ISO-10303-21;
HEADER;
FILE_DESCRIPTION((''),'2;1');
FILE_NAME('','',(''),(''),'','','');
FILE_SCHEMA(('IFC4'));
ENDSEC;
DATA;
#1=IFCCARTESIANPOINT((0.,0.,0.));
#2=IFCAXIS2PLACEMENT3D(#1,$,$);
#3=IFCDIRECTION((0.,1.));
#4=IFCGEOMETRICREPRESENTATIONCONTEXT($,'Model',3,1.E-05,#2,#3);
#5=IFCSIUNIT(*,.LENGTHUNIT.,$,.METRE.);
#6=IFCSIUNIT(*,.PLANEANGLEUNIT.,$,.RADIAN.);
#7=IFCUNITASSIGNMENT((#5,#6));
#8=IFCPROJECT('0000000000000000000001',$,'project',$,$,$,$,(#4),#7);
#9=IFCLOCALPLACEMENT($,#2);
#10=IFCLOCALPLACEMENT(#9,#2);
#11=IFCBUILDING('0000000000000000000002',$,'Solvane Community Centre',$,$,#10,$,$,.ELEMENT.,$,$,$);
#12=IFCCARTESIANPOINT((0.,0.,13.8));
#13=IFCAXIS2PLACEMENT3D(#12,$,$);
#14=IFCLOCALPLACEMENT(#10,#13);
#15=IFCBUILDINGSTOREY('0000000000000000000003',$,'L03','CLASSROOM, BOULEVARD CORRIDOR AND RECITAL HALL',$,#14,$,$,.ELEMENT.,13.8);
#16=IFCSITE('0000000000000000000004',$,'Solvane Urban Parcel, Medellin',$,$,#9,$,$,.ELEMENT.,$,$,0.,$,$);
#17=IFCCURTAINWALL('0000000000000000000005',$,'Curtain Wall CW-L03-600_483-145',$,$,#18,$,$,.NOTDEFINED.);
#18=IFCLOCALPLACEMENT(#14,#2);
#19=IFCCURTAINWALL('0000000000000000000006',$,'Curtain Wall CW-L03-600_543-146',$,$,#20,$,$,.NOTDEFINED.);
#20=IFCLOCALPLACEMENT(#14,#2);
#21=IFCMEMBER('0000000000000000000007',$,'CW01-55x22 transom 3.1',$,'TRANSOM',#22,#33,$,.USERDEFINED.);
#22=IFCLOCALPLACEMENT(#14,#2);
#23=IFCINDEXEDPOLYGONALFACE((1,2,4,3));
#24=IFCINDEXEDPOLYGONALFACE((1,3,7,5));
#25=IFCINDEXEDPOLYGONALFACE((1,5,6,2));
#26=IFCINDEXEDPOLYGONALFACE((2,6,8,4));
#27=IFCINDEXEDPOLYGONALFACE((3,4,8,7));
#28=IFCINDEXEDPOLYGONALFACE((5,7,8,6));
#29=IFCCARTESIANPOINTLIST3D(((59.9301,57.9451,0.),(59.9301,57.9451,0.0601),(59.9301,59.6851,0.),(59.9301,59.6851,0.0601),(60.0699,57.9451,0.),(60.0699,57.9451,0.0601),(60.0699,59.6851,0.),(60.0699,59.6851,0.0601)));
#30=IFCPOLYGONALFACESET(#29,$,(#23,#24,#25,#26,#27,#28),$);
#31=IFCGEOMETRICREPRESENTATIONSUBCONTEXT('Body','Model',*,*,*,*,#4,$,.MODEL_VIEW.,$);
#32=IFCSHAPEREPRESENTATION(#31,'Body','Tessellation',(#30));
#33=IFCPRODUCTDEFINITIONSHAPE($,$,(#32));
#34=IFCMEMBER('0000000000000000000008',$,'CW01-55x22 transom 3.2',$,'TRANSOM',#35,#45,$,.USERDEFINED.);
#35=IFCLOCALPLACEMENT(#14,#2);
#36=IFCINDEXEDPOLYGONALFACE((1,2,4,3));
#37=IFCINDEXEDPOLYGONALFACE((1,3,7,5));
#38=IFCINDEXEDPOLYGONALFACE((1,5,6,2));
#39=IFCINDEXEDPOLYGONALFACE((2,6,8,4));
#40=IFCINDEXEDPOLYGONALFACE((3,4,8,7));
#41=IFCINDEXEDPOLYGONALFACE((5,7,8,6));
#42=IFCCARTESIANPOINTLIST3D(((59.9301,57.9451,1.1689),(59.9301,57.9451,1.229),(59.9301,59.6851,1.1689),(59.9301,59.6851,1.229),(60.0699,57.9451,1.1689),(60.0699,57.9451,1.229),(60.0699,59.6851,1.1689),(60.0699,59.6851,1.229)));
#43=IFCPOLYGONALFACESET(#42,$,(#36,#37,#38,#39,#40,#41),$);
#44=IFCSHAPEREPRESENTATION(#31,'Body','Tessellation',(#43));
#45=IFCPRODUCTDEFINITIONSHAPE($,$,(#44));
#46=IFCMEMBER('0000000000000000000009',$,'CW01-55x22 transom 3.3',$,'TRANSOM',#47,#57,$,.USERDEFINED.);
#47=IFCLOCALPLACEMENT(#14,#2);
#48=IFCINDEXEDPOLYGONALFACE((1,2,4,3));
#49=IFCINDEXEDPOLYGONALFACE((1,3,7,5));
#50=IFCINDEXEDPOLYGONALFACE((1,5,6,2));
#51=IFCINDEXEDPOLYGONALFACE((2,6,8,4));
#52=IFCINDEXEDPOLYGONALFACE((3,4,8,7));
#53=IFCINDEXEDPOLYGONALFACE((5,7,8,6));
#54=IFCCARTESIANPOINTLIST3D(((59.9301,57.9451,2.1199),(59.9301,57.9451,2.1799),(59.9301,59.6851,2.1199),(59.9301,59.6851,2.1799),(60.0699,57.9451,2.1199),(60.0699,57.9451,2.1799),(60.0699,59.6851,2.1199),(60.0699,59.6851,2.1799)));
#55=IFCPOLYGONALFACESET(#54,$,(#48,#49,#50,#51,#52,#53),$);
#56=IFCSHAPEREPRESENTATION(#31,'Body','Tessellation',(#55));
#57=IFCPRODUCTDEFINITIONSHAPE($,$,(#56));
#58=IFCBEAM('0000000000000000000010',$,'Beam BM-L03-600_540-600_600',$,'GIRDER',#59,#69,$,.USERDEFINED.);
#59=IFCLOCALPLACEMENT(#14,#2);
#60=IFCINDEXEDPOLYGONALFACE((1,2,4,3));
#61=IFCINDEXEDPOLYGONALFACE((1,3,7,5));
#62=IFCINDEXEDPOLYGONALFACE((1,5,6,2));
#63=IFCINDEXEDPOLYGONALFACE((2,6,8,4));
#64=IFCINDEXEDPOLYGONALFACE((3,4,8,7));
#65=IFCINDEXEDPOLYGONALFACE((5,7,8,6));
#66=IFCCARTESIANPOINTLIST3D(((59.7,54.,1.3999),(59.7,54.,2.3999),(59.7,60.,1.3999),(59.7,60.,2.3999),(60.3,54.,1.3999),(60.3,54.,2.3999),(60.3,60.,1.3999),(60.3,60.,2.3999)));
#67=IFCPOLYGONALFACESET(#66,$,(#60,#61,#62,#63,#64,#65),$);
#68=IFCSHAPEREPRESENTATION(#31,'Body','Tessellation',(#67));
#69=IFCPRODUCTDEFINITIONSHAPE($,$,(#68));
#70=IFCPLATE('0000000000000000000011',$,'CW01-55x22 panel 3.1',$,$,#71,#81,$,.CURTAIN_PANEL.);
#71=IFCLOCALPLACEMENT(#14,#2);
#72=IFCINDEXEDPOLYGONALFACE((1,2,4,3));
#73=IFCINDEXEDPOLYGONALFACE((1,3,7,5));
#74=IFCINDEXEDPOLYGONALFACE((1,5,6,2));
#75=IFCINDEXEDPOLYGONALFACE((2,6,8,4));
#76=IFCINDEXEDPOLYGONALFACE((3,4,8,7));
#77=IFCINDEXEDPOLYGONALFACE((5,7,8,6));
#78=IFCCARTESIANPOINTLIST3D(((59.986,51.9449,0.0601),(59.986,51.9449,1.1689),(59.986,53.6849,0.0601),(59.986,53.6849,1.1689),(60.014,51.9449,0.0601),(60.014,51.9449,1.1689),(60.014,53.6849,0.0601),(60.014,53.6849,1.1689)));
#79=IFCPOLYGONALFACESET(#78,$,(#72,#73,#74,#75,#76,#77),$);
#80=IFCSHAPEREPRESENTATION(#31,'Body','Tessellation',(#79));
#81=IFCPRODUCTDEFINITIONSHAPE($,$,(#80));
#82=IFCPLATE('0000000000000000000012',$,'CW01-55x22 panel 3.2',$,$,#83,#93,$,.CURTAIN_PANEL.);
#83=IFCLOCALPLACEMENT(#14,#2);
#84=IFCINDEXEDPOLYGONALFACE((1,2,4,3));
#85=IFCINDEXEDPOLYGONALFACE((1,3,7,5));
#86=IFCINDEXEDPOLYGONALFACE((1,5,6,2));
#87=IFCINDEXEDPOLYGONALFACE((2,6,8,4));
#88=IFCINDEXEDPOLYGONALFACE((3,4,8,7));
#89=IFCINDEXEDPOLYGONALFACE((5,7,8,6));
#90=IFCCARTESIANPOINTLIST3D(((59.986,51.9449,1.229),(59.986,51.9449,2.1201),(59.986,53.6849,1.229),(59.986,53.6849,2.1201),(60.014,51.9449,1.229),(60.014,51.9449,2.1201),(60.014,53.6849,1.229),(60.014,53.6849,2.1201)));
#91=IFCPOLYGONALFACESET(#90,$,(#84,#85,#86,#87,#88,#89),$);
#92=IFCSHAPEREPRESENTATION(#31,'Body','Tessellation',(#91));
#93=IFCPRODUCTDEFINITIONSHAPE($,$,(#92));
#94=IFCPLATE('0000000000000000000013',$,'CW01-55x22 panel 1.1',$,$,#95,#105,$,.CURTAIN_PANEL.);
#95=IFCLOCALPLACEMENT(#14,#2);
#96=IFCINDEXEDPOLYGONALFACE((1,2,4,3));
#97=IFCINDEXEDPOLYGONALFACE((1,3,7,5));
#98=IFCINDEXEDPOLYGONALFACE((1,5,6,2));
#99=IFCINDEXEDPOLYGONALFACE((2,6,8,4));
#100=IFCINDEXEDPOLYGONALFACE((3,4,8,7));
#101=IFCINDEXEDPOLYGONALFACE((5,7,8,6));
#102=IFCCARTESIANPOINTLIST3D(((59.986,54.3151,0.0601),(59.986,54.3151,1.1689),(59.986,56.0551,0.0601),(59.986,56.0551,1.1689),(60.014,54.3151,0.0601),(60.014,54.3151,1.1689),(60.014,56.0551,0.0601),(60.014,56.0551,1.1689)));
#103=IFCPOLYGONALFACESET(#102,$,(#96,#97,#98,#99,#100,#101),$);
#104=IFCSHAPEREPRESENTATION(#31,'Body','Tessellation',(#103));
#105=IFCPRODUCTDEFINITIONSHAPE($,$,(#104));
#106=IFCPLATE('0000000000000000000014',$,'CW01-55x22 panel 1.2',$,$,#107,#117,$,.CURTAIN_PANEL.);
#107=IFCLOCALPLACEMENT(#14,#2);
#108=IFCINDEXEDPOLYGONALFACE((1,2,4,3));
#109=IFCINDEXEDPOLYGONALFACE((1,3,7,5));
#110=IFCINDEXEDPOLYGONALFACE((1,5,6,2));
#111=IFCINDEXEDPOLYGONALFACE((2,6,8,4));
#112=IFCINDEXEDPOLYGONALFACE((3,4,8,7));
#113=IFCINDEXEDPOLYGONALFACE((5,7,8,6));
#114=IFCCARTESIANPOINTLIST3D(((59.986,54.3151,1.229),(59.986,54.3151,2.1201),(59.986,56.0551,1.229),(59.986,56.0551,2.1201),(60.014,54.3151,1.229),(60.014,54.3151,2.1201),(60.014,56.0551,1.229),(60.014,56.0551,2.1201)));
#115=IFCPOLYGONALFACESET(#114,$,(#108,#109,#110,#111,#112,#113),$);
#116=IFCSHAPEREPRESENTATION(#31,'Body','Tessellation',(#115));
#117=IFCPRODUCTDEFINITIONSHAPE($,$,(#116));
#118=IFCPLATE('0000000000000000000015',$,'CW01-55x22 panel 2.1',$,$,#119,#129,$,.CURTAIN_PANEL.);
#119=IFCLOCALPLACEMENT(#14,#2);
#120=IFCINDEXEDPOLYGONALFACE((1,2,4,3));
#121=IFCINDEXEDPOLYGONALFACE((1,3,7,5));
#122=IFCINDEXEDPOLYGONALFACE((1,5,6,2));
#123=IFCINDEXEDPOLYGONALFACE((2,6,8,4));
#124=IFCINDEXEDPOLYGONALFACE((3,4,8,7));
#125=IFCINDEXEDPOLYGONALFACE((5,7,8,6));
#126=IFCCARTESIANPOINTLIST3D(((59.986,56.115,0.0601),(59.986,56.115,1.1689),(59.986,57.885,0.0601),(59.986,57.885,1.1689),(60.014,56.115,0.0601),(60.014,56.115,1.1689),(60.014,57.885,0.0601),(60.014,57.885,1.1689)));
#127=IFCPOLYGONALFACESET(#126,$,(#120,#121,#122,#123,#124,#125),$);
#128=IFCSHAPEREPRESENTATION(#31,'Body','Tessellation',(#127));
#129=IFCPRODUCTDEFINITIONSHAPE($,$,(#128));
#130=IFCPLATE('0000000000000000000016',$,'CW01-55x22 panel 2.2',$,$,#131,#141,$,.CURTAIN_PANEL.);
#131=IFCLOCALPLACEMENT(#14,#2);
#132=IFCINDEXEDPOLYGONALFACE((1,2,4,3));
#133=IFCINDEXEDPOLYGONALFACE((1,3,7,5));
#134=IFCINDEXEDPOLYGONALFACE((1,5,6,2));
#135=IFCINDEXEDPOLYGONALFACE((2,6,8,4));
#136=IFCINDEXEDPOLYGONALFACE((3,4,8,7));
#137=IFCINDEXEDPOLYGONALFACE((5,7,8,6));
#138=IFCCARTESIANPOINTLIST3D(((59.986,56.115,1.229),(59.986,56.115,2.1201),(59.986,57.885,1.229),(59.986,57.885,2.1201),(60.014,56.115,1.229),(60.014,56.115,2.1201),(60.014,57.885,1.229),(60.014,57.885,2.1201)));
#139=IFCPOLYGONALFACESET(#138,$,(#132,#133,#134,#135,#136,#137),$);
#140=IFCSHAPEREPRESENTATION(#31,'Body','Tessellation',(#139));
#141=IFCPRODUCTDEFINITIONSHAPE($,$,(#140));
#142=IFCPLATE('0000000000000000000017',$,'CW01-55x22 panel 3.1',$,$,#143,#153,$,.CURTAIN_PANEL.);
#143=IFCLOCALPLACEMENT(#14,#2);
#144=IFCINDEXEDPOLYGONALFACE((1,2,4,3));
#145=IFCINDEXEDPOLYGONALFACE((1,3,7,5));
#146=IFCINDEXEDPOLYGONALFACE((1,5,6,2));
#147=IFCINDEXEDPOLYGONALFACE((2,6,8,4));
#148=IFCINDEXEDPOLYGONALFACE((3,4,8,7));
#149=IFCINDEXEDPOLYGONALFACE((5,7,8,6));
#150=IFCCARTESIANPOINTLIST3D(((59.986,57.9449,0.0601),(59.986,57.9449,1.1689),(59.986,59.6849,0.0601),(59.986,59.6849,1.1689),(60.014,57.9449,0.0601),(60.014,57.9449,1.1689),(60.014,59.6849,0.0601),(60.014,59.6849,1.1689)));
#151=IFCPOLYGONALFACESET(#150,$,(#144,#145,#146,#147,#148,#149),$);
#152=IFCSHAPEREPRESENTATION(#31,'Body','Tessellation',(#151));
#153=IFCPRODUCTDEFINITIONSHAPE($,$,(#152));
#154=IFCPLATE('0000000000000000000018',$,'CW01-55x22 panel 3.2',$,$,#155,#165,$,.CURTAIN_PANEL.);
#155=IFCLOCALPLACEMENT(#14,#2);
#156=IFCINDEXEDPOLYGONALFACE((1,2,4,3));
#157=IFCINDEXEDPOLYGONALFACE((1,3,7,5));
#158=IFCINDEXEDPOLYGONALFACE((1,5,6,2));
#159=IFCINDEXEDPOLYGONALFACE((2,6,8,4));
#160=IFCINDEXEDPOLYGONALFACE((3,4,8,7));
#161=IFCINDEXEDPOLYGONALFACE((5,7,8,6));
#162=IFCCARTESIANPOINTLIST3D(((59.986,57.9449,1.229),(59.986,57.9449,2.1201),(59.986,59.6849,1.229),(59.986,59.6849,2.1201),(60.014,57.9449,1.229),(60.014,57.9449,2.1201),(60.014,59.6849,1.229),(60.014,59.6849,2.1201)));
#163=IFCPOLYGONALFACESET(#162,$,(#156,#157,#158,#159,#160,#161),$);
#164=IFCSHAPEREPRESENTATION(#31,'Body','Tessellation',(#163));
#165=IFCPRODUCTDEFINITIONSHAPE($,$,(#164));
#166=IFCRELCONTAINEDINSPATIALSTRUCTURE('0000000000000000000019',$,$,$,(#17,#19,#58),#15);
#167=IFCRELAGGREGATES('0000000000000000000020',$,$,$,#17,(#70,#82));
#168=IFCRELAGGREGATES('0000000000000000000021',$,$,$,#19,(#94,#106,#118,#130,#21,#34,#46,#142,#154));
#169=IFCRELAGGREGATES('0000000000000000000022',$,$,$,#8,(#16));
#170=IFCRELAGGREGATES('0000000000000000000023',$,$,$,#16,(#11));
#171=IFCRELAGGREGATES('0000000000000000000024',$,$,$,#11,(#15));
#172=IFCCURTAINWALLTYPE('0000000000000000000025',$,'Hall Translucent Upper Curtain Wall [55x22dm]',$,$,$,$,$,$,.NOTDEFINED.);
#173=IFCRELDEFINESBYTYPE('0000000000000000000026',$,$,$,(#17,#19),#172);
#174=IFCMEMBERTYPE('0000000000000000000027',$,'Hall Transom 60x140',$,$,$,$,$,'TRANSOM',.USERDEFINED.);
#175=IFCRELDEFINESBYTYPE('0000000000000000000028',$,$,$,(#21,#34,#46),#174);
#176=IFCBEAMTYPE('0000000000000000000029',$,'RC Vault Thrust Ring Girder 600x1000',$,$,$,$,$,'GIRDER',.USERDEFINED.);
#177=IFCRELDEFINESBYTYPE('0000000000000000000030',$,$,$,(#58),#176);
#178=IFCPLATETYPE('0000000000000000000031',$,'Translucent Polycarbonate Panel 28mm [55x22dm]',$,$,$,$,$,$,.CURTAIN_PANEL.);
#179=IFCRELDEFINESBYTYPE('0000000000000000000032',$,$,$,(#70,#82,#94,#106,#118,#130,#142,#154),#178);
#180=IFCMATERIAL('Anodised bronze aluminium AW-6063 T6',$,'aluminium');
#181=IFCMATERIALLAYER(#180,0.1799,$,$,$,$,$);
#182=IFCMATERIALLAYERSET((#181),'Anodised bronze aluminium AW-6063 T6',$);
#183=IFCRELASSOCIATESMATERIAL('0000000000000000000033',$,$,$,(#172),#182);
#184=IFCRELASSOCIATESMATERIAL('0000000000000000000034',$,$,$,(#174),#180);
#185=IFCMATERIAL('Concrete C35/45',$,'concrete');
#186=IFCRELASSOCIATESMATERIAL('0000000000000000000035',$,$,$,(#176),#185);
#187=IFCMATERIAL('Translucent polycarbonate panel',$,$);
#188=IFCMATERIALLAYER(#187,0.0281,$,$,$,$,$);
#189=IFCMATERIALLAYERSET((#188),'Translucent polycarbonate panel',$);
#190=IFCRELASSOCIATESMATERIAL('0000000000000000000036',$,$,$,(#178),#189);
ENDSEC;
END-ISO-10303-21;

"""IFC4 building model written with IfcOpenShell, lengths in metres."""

from ifc_helpers import new_model, si_unit, direction, frame, origin, origin_2d, place, context, subcontext, project, spatial, rectangle, extrude, material, layer, layer_set, material_profile, profile_set, type_object, element, aggregate, save


model = new_model("IFC4")

# Units and contexts
model_context = context("Model", 3, precision=1e-05, world=origin(), true_north=direction((0.0, 1.0)))
body_context = subcontext(model_context, "Body", "Model", "MODEL_VIEW")
ifc_project = project(units=[si_unit("LENGTHUNIT", "METRE"), si_unit("PLANEANGLEUNIT", "RADIAN")], contexts=[model_context])

# Site, building, storey
site_placement = place(None, origin())
site = spatial("IfcSite", under=ifc_project, at=site_placement, Name="Solvane Urban Parcel, Medellin", CompositionType="ELEMENT", RefElevation=0.0)
building_placement = place(site_placement, origin())
building = spatial("IfcBuilding", under=site, at=building_placement, Name="Solvane Community Centre", CompositionType="ELEMENT")
storey_placement = place(building_placement, frame((0.0, 0.0, 13.8)))
storey = spatial("IfcBuildingStorey", under=building, at=storey_placement, Name="L03", Description="CLASSROOM, BOULEVARD CORRIDOR AND RECITAL HALL", CompositionType="ELEMENT", Elevation=13.8)

# Curtain wall
ifc_material_1 = material(Name="Anodised bronze aluminium AW-6063 T6", Category="aluminium")
ifc_layer_1 = layer(ifc_material_1, 0.1799)
ifc_layer_set_1 = layer_set([ifc_layer_1], Name="Anodised bronze aluminium AW-6063 T6")
curtain_wall_type = type_object("IfcCurtainWallType", Name="Hall Translucent Upper Curtain Wall [55x22dm]", PredefinedType="NOTDEFINED", material=ifc_layer_set_1)
curtain_wall_1_placement = place(storey_placement, origin())
curtain_wall_1 = element("IfcCurtainWall", 1, at=curtain_wall_1_placement, inside=storey, type_object=curtain_wall_type, Name="Curtain Wall CW-L03-600_483-145", PredefinedType="NOTDEFINED")

# Curtain wall
curtain_wall_2_placement = place(storey_placement, origin())
curtain_wall_2 = element("IfcCurtainWall", 2, at=curtain_wall_2_placement, inside=storey, type_object=curtain_wall_type, Name="Curtain Wall CW-L03-600_543-146", PredefinedType="NOTDEFINED")

# Members
ifc_material_profile_1 = material_profile(ifc_material_1, rectangle(XDim=0.1399, YDim=0.0601, at=origin_2d()), Name="CW-T 60x140")
ifc_profile_set_1 = profile_set([ifc_material_profile_1], Name="Anodised bronze aluminium AW-6063 T6")
member_type_1 = type_object("IfcMemberType", Name="Hall Transom 60x140", ElementType="TRANSOM", PredefinedType="USERDEFINED", material=ifc_profile_set_1)
member_1_placement = place(storey_placement, frame((60.0, 57.9451, 0.03), z_axis=(0.0, 1.0, 0.0), x_axis=(-1.0, 0.0, 0.0)))
member_1 = element("IfcMember", 3, at=member_1_placement, type_object=member_type_1, Name="CW01-55x22 transom 3.1", ObjectType="TRANSOM", PredefinedType="USERDEFINED", context=body_context, shape_type="SweptSolid", body=[
    extrude(rectangle(XDim=0.1399, YDim=0.0601, at=origin_2d()), origin(), (0.0, 0.0, 1.0), 1.74),
])
member_2_placement = place(storey_placement, frame((60.0, 57.9451, 1.199), z_axis=(0.0, 1.0, 0.0), x_axis=(-1.0, 0.0, 0.0)))
member_2 = element("IfcMember", 4, at=member_2_placement, type_object=member_type_1, Name="CW01-55x22 transom 3.2", ObjectType="TRANSOM", PredefinedType="USERDEFINED", context=body_context, shape_type="SweptSolid", body=[
    extrude(rectangle(XDim=0.1399, YDim=0.0601, at=origin_2d()), origin(), (0.0, 0.0, 1.0), 1.74),
])
member_3_placement = place(storey_placement, frame((60.0, 57.9451, 2.1499), z_axis=(0.0, 1.0, 0.0), x_axis=(-1.0, 0.0, 0.0)))
member_3 = element("IfcMember", 5, at=member_3_placement, type_object=member_type_1, Name="CW01-55x22 transom 3.3", ObjectType="TRANSOM", PredefinedType="USERDEFINED", context=body_context, shape_type="SweptSolid", body=[
    extrude(rectangle(XDim=0.1399, YDim=0.0601, at=origin_2d()), origin(), (0.0, 0.0, 1.0), 1.74),
])

# Beam
ifc_material_2 = material(Name="Concrete C35/45", Category="concrete")
ifc_material_profile_2 = material_profile(ifc_material_2, rectangle(XDim=0.6001, YDim=1.0, at=origin_2d()), Name="RC 600x1000")
ifc_profile_set_2 = profile_set([ifc_material_profile_2], Name="Concrete C35/45")
beam_type = type_object("IfcBeamType", Name="RC Vault Thrust Ring Girder 600x1000", ElementType="GIRDER", PredefinedType="USERDEFINED", material=ifc_profile_set_2)
beam_placement = place(storey_placement, frame((60.0, 54.0, 1.8999), z_axis=(0.0, 1.0, 0.0), x_axis=(-1.0, 0.0, 0.0)))
element("IfcBeam", 6, at=beam_placement, inside=storey, type_object=beam_type, Name="Beam BM-L03-600_540-600_600", ObjectType="GIRDER", PredefinedType="USERDEFINED", context=body_context, shape_type="SweptSolid", body=[
    extrude(rectangle(XDim=0.6001, YDim=1.0, at=origin_2d()), origin(), (0.0, 0.0, 1.0), 6.0),
])

# Plates
ifc_material_3 = material(Name="Translucent polycarbonate panel")
ifc_layer_2 = layer(ifc_material_3, 0.0281)
ifc_layer_set_2 = layer_set([ifc_layer_2], Name="Translucent polycarbonate panel")
plate_type = type_object("IfcPlateType", Name="Translucent Polycarbonate Panel 28mm [55x22dm]", PredefinedType="CURTAIN_PANEL", material=ifc_layer_set_2)
plate_1_placement = place(storey_placement, frame((60.0, 52.8149, 0.0601), z_axis=(0.0, 0.0, 1.0), x_axis=(0.0, 1.0, 0.0)))
plate_1 = element("IfcPlate", 7, at=plate_1_placement, type_object=plate_type, Name="CW01-55x22 panel 3.1", PredefinedType="CURTAIN_PANEL", context=body_context, shape_type="SweptSolid", body=[
    extrude(rectangle(XDim=1.74, YDim=0.0281, at=origin_2d()), origin(), (0.0, 0.0, 1.0), 1.1089),
])
plate_2_placement = place(storey_placement, frame((60.0, 52.8149, 1.229), z_axis=(0.0, 0.0, 1.0), x_axis=(0.0, 1.0, 0.0)))
plate_2 = element("IfcPlate", 8, at=plate_2_placement, type_object=plate_type, Name="CW01-55x22 panel 3.2", PredefinedType="CURTAIN_PANEL", context=body_context, shape_type="SweptSolid", body=[
    extrude(rectangle(XDim=1.74, YDim=0.0281, at=origin_2d()), origin(), (0.0, 0.0, 1.0), 0.8911),
])
aggregate(curtain_wall_1, [plate_1, plate_2])
plate_3_placement = place(storey_placement, frame((60.0, 55.1851, 0.0601), z_axis=(0.0, 0.0, 1.0), x_axis=(0.0, 1.0, 0.0)))
plate_3 = element("IfcPlate", 9, at=plate_3_placement, type_object=plate_type, Name="CW01-55x22 panel 1.1", PredefinedType="CURTAIN_PANEL", context=body_context, shape_type="SweptSolid", body=[
    extrude(rectangle(XDim=1.74, YDim=0.0281, at=origin_2d()), origin(), (0.0, 0.0, 1.0), 1.1089),
])
plate_4_placement = place(storey_placement, frame((60.0, 55.1851, 1.229), z_axis=(0.0, 0.0, 1.0), x_axis=(0.0, 1.0, 0.0)))
plate_4 = element("IfcPlate", 10, at=plate_4_placement, type_object=plate_type, Name="CW01-55x22 panel 1.2", PredefinedType="CURTAIN_PANEL", context=body_context, shape_type="SweptSolid", body=[
    extrude(rectangle(XDim=1.74, YDim=0.0281, at=origin_2d()), origin(), (0.0, 0.0, 1.0), 0.8911),
])
plate_5_placement = place(storey_placement, frame((60.0, 57.0, 0.0601), z_axis=(0.0, 0.0, 1.0), x_axis=(0.0, 1.0, 0.0)))
plate_5 = element("IfcPlate", 11, at=plate_5_placement, type_object=plate_type, Name="CW01-55x22 panel 2.1", PredefinedType="CURTAIN_PANEL", context=body_context, shape_type="SweptSolid", body=[
    extrude(rectangle(XDim=1.77, YDim=0.0281, at=origin_2d()), origin(), (0.0, 0.0, 1.0), 1.1089),
])
plate_6_placement = place(storey_placement, frame((60.0, 57.0, 1.229), z_axis=(0.0, 0.0, 1.0), x_axis=(0.0, 1.0, 0.0)))
plate_6 = element("IfcPlate", 12, at=plate_6_placement, type_object=plate_type, Name="CW01-55x22 panel 2.2", PredefinedType="CURTAIN_PANEL", context=body_context, shape_type="SweptSolid", body=[
    extrude(rectangle(XDim=1.77, YDim=0.0281, at=origin_2d()), origin(), (0.0, 0.0, 1.0), 0.8911),
])
plate_7_placement = place(storey_placement, frame((60.0, 58.8149, 0.0601), z_axis=(0.0, 0.0, 1.0), x_axis=(0.0, 1.0, 0.0)))
plate_7 = element("IfcPlate", 13, at=plate_7_placement, type_object=plate_type, Name="CW01-55x22 panel 3.1", PredefinedType="CURTAIN_PANEL", context=body_context, shape_type="SweptSolid", body=[
    extrude(rectangle(XDim=1.74, YDim=0.0281, at=origin_2d()), origin(), (0.0, 0.0, 1.0), 1.1089),
])
plate_8_placement = place(storey_placement, frame((60.0, 58.8149, 1.229), z_axis=(0.0, 0.0, 1.0), x_axis=(0.0, 1.0, 0.0)))
plate_8 = element("IfcPlate", 14, at=plate_8_placement, type_object=plate_type, Name="CW01-55x22 panel 3.2", PredefinedType="CURTAIN_PANEL", context=body_context, shape_type="SweptSolid", body=[
    extrude(rectangle(XDim=1.74, YDim=0.0281, at=origin_2d()), origin(), (0.0, 0.0, 1.0), 0.8911),
])
aggregate(curtain_wall_2, [plate_3, plate_4, plate_5, plate_6, member_1, member_2, member_3, plate_7, plate_8])

save(model, "model.ifc")
